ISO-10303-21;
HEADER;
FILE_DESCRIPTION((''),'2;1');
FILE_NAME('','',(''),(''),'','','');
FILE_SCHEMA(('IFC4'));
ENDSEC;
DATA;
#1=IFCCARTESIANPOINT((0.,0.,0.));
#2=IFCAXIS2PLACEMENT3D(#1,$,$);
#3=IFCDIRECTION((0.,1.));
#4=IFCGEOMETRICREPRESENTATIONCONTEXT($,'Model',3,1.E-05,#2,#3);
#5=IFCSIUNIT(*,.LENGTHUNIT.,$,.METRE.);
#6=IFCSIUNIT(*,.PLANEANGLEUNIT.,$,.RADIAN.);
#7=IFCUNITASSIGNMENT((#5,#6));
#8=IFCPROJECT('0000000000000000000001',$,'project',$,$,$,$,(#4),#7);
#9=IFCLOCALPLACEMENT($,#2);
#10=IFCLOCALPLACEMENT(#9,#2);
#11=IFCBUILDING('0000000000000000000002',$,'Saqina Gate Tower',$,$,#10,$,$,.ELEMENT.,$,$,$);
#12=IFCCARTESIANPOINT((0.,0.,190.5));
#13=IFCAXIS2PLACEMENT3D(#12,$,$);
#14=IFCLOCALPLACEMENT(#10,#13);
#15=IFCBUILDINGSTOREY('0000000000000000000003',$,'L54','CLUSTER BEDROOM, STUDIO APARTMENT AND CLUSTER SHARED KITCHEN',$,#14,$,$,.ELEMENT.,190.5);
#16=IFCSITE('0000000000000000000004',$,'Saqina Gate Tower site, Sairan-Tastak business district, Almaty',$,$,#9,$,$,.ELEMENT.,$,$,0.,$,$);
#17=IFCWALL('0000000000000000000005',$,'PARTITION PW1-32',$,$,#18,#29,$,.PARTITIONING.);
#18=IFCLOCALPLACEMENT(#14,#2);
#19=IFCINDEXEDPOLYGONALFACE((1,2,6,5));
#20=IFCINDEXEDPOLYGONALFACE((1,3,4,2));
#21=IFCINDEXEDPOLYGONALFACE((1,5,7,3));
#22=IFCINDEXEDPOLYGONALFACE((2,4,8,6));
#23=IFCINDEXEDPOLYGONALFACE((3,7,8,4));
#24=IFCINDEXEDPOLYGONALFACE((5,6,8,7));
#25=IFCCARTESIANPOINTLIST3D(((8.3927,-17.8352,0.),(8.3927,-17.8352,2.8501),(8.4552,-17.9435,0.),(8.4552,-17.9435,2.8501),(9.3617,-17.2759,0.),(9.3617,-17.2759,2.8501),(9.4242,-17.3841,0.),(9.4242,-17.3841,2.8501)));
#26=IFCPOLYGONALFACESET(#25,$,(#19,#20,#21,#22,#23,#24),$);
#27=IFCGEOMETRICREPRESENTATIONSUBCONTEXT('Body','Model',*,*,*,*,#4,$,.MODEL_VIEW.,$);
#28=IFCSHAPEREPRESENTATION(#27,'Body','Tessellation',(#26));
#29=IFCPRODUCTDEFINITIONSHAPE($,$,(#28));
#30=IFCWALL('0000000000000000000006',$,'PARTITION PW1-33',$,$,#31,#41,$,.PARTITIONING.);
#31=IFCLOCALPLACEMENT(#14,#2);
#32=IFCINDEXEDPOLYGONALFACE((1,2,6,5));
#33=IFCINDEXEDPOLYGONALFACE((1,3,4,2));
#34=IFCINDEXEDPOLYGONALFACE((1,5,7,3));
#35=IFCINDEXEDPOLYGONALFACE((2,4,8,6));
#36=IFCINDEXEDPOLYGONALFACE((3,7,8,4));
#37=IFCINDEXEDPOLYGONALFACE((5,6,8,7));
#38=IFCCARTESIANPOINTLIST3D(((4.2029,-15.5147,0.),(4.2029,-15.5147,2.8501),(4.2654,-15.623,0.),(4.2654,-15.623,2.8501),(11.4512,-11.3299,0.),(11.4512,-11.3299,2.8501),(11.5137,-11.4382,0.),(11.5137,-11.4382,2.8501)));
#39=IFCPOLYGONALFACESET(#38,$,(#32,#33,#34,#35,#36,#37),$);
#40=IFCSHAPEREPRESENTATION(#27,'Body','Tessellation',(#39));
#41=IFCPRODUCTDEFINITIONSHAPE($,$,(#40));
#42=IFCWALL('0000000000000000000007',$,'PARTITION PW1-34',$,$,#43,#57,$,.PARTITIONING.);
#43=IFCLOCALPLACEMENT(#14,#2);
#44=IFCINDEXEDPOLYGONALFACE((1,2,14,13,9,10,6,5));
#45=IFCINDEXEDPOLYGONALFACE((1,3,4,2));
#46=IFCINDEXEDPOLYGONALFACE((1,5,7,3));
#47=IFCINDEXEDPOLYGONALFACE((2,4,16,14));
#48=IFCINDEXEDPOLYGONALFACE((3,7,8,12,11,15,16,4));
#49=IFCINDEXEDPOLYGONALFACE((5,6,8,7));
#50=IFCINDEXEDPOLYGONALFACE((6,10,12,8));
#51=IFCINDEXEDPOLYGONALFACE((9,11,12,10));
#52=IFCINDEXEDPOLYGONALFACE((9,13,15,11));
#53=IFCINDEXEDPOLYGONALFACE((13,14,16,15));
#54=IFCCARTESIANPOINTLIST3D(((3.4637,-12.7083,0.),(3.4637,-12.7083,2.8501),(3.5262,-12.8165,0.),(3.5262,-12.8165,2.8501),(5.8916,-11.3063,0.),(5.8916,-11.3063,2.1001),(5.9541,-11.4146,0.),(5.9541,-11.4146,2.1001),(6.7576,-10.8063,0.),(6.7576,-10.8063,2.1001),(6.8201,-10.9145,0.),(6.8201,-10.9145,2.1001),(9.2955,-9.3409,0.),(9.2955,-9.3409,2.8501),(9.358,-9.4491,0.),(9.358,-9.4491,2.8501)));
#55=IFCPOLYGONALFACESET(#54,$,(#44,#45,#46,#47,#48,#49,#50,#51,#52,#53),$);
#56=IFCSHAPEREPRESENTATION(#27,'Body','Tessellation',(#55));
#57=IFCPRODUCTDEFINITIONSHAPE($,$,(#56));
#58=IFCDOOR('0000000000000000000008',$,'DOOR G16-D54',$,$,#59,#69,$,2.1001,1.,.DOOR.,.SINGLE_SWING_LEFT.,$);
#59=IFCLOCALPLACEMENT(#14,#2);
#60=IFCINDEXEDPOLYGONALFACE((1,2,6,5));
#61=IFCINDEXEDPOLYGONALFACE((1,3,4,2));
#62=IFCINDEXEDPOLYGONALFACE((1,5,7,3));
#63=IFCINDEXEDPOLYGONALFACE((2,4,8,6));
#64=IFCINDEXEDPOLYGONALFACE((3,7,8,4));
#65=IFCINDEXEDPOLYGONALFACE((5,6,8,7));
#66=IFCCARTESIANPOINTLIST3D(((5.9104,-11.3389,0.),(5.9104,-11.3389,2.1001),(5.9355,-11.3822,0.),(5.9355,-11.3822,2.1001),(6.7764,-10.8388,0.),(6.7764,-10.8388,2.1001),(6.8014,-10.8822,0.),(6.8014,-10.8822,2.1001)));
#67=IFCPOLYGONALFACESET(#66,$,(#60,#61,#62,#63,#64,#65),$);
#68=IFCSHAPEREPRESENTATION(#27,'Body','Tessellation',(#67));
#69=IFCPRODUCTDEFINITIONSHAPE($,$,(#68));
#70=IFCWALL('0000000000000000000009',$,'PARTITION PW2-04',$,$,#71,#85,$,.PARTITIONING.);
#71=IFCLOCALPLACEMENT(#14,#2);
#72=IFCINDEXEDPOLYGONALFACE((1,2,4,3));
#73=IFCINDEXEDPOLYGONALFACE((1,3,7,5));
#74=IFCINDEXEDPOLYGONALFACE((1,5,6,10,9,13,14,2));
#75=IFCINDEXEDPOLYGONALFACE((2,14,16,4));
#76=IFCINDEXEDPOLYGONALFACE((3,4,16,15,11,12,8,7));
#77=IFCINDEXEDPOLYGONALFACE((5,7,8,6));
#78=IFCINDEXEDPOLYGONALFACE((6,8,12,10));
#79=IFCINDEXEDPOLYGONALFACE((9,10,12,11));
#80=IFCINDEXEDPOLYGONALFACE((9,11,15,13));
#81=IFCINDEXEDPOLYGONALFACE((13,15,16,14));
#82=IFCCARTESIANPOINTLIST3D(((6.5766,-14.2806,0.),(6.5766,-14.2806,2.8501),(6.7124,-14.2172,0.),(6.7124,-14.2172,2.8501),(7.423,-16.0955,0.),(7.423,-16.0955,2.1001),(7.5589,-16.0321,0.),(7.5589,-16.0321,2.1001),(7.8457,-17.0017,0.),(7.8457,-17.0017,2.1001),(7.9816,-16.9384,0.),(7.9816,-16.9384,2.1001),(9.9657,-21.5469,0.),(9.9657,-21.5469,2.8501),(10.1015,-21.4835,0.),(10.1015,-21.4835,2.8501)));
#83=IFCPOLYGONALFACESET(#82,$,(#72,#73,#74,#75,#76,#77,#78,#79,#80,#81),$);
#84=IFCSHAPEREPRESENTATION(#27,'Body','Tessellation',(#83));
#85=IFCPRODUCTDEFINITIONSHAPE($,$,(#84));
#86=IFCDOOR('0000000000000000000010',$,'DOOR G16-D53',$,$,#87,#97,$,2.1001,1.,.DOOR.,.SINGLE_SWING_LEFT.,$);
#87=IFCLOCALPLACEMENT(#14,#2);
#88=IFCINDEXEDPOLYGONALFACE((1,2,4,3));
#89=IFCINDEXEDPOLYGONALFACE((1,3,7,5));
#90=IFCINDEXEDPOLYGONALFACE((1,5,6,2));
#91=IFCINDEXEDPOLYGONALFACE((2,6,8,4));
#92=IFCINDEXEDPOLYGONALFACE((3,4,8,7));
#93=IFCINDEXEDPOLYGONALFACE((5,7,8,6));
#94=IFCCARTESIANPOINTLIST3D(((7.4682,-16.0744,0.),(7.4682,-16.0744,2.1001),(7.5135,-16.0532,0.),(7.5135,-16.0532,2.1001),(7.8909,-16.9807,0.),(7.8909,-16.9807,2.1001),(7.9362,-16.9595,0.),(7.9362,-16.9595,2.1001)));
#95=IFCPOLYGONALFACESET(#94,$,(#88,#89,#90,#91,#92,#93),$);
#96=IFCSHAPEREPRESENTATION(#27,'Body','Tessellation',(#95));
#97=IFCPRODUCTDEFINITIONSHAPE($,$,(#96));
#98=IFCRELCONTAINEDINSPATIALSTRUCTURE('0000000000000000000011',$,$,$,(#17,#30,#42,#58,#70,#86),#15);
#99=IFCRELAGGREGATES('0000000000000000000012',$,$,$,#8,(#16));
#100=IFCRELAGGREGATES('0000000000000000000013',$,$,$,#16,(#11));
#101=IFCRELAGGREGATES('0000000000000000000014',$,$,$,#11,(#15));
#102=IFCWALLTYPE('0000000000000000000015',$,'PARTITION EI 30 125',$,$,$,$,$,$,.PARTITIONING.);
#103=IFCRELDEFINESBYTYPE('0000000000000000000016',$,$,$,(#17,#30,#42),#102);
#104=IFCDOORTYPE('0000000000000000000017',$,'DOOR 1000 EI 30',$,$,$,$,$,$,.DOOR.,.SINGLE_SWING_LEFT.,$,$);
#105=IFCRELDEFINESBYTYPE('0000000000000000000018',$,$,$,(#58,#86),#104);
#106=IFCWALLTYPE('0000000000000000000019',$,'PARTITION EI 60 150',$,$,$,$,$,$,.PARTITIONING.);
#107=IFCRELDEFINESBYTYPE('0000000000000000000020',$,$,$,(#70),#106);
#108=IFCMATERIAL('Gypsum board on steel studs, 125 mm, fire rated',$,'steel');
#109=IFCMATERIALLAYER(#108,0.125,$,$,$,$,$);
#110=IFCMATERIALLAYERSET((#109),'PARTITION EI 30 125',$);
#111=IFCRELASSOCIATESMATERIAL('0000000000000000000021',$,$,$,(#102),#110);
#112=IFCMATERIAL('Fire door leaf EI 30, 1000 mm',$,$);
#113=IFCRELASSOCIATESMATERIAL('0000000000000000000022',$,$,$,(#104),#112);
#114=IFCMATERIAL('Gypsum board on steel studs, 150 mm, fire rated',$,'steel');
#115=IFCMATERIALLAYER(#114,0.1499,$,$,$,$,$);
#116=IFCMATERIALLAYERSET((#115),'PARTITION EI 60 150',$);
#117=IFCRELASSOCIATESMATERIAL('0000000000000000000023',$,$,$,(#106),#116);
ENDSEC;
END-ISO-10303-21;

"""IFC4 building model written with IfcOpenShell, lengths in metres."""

from ifc_helpers import new_model, si_unit, direction, frame, frame_2d, origin, place, context, subcontext, project, spatial, rectangle, extrude, material, layer, layer_set, type_object, element, fill, save


model = new_model("IFC4")

# Units and contexts
model_context = context("Model", 3, precision=1e-05, world=origin(), true_north=direction((0.0, 1.0)))
body_context = subcontext(model_context, "Body", "Model", "MODEL_VIEW")
ifc_project = project(units=[si_unit("LENGTHUNIT", "METRE"), si_unit("PLANEANGLEUNIT", "RADIAN")], contexts=[model_context])

# Site, building, storey
site_placement = place(None, origin())
site = spatial("IfcSite", under=ifc_project, at=site_placement, Name="Saqina Gate Tower site, Sairan-Tastak business district, Almaty", CompositionType="ELEMENT", RefElevation=0.0)
building_placement = place(site_placement, origin())
building = spatial("IfcBuilding", under=site, at=building_placement, Name="Saqina Gate Tower", CompositionType="ELEMENT")
storey_placement = place(building_placement, frame((0.0, 0.0, 190.5)))
storey = spatial("IfcBuildingStorey", under=building, at=storey_placement, Name="L54", Description="CLUSTER BEDROOM, STUDIO APARTMENT AND CLUSTER SHARED KITCHEN", CompositionType="ELEMENT", Elevation=190.5)

# Shared definitions
ifc_material_1 = material(Name="Gypsum board on steel studs, 125 mm, fire rated", Category="steel")
ifc_layer_1 = layer(ifc_material_1, 0.125)
ifc_layer_set_1 = layer_set([ifc_layer_1], Name="PARTITION EI 30 125")
wall_type_1 = type_object("IfcWallType", Name="PARTITION EI 30 125", PredefinedType="PARTITIONING", material=ifc_layer_set_1)

# Walls
wall_1_placement = place(storey_placement, frame((8.4238, -17.8894, 0.0), z_axis=(0.0, 0.0, 1.0), x_axis=(0.866073, 0.499918, 0.0)))
element("IfcWall", 1, at=wall_1_placement, inside=storey, type_object=wall_type_1, Name="PARTITION PW1-32", PredefinedType="PARTITIONING", context=body_context, shape_type="SweptSolid", body=[
    extrude(rectangle(XDim=1.1189, YDim=0.125, at=frame_2d((0.5596, 0.0))), origin(), (0.0, 0.0, 1.0), 2.8501),
])
wall_2_placement = place(storey_placement, frame((4.2341, -15.5688, 0.0), z_axis=(0.0, 0.0, 1.0), x_axis=(0.866025, 0.500001, 0.0)))
element("IfcWall", 2, at=wall_2_placement, inside=storey, type_object=wall_type_1, Name="PARTITION PW1-33", PredefinedType="PARTITIONING", context=body_context, shape_type="SweptSolid", body=[
    extrude(rectangle(XDim=8.3696, YDim=0.125, at=frame_2d((4.1848, 0.0))), origin(), (0.0, 0.0, 1.0), 2.8501),
])

# Walls, openings, doors
wall_3_placement = place(storey_placement, frame((3.4949, -12.7625, 0.0), z_axis=(0.0, 0.0, 1.0), x_axis=(0.865997, 0.50005, 0.0)))
wall_3 = element("IfcWall", 3, at=wall_3_placement, inside=storey, type_object=wall_type_1, Name="PARTITION PW1-34", PredefinedType="PARTITIONING", context=body_context, shape_type="SweptSolid", body=[
    extrude(rectangle(XDim=6.7341, YDim=0.125, at=frame_2d((3.3672, 0.0))), origin(), (0.0, 0.0, 1.0), 2.8501),
])
opening_1_placement = place(wall_3_placement, frame((2.8037, 0.0, 0.0)))
opening_1 = element("IfcOpeningElement", 4, at=opening_1_placement, cuts=wall_3, PredefinedType="OPENING", context=body_context, shape_type="SweptSolid", body=[
    extrude(rectangle(XDim=1.0, YDim=2.1001, at=frame_2d((0.5, 1.05))), frame((0.0, 0.0745, 0.0), z_axis=(0.0, -1.0, 0.0), x_axis=(1.0, 0.0, 0.0)), (0.0, 0.0, 1.0), 0.1489),
])
ifc_material_2 = material(Name="Fire door leaf EI 30, 1000 mm")
door_type_1 = type_object("IfcDoorType", Name="DOOR 1000 EI 30", OperationType="SINGLE_SWING_LEFT", PredefinedType="DOOR", material=ifc_material_2)
door_1_placement = place(opening_1_placement, origin())
door_1 = element("IfcDoor", 5, at=door_1_placement, inside=storey, type_object=door_type_1, Name="DOOR G16-D54", OperationType="SINGLE_SWING_LEFT", OverallHeight=2.1001, OverallWidth=1.0, PredefinedType="DOOR", context=body_context, shape_type="SweptSolid", body=[
    extrude(rectangle(XDim=1.0, YDim=2.1001, at=frame_2d((0.5, 1.05))), frame((0.0, 0.0249, 0.0), z_axis=(0.0, -1.0, 0.0), x_axis=(1.0, 0.0, 0.0)), (0.0, 0.0, 1.0), 0.05),
])
fill(opening_1, door_1)
ifc_material_3 = material(Name="Gypsum board on steel studs, 150 mm, fire rated", Category="steel")
ifc_layer_2 = layer(ifc_material_3, 0.1499)
ifc_layer_set_2 = layer_set([ifc_layer_2], Name="PARTITION EI 60 150")
wall_type_2 = type_object("IfcWallType", Name="PARTITION EI 60 150", PredefinedType="PARTITIONING", material=ifc_layer_set_2)
wall_4_placement = place(storey_placement, frame((6.6445, -14.249, 0.0), z_axis=(0.0, 0.0, 1.0), x_axis=(0.4227, -0.906269, 0.0)))
wall_4 = element("IfcWall", 6, at=wall_4_placement, inside=storey, type_object=wall_type_2, Name="PARTITION PW2-04", PredefinedType="PARTITIONING", context=body_context, shape_type="SweptSolid", body=[
    extrude(rectangle(XDim=8.0178, YDim=0.1499, at=frame_2d((4.0088, 0.0))), origin(), (0.0, 0.0, 1.0), 2.8501),
])
opening_2_placement = place(wall_4_placement, frame((2.0024, 0.0, 0.0)))
opening_2 = element("IfcOpeningElement", 7, at=opening_2_placement, cuts=wall_4, PredefinedType="OPENING", context=body_context, shape_type="SweptSolid", body=[
    extrude(rectangle(XDim=1.0, YDim=2.1001, at=frame_2d((0.5, 1.05))), frame((0.0, 0.0869, 0.0), z_axis=(0.0, -1.0, 0.0), x_axis=(1.0, 0.0, 0.0)), (0.0, 0.0, 1.0), 0.1738),
])
door_2_placement = place(opening_2_placement, origin())
door_2 = element("IfcDoor", 8, at=door_2_placement, inside=storey, type_object=door_type_1, Name="DOOR G16-D53", OperationType="SINGLE_SWING_LEFT", OverallHeight=2.1001, OverallWidth=1.0, PredefinedType="DOOR", context=body_context, shape_type="SweptSolid", body=[
    extrude(rectangle(XDim=1.0, YDim=2.1001, at=frame_2d((0.5, 1.05))), frame((0.0, 0.0249, 0.0), z_axis=(0.0, -1.0, 0.0), x_axis=(1.0, 0.0, 0.0)), (0.0, 0.0, 1.0), 0.05),
])
fill(opening_2, door_2)

save(model, "model.ifc")
